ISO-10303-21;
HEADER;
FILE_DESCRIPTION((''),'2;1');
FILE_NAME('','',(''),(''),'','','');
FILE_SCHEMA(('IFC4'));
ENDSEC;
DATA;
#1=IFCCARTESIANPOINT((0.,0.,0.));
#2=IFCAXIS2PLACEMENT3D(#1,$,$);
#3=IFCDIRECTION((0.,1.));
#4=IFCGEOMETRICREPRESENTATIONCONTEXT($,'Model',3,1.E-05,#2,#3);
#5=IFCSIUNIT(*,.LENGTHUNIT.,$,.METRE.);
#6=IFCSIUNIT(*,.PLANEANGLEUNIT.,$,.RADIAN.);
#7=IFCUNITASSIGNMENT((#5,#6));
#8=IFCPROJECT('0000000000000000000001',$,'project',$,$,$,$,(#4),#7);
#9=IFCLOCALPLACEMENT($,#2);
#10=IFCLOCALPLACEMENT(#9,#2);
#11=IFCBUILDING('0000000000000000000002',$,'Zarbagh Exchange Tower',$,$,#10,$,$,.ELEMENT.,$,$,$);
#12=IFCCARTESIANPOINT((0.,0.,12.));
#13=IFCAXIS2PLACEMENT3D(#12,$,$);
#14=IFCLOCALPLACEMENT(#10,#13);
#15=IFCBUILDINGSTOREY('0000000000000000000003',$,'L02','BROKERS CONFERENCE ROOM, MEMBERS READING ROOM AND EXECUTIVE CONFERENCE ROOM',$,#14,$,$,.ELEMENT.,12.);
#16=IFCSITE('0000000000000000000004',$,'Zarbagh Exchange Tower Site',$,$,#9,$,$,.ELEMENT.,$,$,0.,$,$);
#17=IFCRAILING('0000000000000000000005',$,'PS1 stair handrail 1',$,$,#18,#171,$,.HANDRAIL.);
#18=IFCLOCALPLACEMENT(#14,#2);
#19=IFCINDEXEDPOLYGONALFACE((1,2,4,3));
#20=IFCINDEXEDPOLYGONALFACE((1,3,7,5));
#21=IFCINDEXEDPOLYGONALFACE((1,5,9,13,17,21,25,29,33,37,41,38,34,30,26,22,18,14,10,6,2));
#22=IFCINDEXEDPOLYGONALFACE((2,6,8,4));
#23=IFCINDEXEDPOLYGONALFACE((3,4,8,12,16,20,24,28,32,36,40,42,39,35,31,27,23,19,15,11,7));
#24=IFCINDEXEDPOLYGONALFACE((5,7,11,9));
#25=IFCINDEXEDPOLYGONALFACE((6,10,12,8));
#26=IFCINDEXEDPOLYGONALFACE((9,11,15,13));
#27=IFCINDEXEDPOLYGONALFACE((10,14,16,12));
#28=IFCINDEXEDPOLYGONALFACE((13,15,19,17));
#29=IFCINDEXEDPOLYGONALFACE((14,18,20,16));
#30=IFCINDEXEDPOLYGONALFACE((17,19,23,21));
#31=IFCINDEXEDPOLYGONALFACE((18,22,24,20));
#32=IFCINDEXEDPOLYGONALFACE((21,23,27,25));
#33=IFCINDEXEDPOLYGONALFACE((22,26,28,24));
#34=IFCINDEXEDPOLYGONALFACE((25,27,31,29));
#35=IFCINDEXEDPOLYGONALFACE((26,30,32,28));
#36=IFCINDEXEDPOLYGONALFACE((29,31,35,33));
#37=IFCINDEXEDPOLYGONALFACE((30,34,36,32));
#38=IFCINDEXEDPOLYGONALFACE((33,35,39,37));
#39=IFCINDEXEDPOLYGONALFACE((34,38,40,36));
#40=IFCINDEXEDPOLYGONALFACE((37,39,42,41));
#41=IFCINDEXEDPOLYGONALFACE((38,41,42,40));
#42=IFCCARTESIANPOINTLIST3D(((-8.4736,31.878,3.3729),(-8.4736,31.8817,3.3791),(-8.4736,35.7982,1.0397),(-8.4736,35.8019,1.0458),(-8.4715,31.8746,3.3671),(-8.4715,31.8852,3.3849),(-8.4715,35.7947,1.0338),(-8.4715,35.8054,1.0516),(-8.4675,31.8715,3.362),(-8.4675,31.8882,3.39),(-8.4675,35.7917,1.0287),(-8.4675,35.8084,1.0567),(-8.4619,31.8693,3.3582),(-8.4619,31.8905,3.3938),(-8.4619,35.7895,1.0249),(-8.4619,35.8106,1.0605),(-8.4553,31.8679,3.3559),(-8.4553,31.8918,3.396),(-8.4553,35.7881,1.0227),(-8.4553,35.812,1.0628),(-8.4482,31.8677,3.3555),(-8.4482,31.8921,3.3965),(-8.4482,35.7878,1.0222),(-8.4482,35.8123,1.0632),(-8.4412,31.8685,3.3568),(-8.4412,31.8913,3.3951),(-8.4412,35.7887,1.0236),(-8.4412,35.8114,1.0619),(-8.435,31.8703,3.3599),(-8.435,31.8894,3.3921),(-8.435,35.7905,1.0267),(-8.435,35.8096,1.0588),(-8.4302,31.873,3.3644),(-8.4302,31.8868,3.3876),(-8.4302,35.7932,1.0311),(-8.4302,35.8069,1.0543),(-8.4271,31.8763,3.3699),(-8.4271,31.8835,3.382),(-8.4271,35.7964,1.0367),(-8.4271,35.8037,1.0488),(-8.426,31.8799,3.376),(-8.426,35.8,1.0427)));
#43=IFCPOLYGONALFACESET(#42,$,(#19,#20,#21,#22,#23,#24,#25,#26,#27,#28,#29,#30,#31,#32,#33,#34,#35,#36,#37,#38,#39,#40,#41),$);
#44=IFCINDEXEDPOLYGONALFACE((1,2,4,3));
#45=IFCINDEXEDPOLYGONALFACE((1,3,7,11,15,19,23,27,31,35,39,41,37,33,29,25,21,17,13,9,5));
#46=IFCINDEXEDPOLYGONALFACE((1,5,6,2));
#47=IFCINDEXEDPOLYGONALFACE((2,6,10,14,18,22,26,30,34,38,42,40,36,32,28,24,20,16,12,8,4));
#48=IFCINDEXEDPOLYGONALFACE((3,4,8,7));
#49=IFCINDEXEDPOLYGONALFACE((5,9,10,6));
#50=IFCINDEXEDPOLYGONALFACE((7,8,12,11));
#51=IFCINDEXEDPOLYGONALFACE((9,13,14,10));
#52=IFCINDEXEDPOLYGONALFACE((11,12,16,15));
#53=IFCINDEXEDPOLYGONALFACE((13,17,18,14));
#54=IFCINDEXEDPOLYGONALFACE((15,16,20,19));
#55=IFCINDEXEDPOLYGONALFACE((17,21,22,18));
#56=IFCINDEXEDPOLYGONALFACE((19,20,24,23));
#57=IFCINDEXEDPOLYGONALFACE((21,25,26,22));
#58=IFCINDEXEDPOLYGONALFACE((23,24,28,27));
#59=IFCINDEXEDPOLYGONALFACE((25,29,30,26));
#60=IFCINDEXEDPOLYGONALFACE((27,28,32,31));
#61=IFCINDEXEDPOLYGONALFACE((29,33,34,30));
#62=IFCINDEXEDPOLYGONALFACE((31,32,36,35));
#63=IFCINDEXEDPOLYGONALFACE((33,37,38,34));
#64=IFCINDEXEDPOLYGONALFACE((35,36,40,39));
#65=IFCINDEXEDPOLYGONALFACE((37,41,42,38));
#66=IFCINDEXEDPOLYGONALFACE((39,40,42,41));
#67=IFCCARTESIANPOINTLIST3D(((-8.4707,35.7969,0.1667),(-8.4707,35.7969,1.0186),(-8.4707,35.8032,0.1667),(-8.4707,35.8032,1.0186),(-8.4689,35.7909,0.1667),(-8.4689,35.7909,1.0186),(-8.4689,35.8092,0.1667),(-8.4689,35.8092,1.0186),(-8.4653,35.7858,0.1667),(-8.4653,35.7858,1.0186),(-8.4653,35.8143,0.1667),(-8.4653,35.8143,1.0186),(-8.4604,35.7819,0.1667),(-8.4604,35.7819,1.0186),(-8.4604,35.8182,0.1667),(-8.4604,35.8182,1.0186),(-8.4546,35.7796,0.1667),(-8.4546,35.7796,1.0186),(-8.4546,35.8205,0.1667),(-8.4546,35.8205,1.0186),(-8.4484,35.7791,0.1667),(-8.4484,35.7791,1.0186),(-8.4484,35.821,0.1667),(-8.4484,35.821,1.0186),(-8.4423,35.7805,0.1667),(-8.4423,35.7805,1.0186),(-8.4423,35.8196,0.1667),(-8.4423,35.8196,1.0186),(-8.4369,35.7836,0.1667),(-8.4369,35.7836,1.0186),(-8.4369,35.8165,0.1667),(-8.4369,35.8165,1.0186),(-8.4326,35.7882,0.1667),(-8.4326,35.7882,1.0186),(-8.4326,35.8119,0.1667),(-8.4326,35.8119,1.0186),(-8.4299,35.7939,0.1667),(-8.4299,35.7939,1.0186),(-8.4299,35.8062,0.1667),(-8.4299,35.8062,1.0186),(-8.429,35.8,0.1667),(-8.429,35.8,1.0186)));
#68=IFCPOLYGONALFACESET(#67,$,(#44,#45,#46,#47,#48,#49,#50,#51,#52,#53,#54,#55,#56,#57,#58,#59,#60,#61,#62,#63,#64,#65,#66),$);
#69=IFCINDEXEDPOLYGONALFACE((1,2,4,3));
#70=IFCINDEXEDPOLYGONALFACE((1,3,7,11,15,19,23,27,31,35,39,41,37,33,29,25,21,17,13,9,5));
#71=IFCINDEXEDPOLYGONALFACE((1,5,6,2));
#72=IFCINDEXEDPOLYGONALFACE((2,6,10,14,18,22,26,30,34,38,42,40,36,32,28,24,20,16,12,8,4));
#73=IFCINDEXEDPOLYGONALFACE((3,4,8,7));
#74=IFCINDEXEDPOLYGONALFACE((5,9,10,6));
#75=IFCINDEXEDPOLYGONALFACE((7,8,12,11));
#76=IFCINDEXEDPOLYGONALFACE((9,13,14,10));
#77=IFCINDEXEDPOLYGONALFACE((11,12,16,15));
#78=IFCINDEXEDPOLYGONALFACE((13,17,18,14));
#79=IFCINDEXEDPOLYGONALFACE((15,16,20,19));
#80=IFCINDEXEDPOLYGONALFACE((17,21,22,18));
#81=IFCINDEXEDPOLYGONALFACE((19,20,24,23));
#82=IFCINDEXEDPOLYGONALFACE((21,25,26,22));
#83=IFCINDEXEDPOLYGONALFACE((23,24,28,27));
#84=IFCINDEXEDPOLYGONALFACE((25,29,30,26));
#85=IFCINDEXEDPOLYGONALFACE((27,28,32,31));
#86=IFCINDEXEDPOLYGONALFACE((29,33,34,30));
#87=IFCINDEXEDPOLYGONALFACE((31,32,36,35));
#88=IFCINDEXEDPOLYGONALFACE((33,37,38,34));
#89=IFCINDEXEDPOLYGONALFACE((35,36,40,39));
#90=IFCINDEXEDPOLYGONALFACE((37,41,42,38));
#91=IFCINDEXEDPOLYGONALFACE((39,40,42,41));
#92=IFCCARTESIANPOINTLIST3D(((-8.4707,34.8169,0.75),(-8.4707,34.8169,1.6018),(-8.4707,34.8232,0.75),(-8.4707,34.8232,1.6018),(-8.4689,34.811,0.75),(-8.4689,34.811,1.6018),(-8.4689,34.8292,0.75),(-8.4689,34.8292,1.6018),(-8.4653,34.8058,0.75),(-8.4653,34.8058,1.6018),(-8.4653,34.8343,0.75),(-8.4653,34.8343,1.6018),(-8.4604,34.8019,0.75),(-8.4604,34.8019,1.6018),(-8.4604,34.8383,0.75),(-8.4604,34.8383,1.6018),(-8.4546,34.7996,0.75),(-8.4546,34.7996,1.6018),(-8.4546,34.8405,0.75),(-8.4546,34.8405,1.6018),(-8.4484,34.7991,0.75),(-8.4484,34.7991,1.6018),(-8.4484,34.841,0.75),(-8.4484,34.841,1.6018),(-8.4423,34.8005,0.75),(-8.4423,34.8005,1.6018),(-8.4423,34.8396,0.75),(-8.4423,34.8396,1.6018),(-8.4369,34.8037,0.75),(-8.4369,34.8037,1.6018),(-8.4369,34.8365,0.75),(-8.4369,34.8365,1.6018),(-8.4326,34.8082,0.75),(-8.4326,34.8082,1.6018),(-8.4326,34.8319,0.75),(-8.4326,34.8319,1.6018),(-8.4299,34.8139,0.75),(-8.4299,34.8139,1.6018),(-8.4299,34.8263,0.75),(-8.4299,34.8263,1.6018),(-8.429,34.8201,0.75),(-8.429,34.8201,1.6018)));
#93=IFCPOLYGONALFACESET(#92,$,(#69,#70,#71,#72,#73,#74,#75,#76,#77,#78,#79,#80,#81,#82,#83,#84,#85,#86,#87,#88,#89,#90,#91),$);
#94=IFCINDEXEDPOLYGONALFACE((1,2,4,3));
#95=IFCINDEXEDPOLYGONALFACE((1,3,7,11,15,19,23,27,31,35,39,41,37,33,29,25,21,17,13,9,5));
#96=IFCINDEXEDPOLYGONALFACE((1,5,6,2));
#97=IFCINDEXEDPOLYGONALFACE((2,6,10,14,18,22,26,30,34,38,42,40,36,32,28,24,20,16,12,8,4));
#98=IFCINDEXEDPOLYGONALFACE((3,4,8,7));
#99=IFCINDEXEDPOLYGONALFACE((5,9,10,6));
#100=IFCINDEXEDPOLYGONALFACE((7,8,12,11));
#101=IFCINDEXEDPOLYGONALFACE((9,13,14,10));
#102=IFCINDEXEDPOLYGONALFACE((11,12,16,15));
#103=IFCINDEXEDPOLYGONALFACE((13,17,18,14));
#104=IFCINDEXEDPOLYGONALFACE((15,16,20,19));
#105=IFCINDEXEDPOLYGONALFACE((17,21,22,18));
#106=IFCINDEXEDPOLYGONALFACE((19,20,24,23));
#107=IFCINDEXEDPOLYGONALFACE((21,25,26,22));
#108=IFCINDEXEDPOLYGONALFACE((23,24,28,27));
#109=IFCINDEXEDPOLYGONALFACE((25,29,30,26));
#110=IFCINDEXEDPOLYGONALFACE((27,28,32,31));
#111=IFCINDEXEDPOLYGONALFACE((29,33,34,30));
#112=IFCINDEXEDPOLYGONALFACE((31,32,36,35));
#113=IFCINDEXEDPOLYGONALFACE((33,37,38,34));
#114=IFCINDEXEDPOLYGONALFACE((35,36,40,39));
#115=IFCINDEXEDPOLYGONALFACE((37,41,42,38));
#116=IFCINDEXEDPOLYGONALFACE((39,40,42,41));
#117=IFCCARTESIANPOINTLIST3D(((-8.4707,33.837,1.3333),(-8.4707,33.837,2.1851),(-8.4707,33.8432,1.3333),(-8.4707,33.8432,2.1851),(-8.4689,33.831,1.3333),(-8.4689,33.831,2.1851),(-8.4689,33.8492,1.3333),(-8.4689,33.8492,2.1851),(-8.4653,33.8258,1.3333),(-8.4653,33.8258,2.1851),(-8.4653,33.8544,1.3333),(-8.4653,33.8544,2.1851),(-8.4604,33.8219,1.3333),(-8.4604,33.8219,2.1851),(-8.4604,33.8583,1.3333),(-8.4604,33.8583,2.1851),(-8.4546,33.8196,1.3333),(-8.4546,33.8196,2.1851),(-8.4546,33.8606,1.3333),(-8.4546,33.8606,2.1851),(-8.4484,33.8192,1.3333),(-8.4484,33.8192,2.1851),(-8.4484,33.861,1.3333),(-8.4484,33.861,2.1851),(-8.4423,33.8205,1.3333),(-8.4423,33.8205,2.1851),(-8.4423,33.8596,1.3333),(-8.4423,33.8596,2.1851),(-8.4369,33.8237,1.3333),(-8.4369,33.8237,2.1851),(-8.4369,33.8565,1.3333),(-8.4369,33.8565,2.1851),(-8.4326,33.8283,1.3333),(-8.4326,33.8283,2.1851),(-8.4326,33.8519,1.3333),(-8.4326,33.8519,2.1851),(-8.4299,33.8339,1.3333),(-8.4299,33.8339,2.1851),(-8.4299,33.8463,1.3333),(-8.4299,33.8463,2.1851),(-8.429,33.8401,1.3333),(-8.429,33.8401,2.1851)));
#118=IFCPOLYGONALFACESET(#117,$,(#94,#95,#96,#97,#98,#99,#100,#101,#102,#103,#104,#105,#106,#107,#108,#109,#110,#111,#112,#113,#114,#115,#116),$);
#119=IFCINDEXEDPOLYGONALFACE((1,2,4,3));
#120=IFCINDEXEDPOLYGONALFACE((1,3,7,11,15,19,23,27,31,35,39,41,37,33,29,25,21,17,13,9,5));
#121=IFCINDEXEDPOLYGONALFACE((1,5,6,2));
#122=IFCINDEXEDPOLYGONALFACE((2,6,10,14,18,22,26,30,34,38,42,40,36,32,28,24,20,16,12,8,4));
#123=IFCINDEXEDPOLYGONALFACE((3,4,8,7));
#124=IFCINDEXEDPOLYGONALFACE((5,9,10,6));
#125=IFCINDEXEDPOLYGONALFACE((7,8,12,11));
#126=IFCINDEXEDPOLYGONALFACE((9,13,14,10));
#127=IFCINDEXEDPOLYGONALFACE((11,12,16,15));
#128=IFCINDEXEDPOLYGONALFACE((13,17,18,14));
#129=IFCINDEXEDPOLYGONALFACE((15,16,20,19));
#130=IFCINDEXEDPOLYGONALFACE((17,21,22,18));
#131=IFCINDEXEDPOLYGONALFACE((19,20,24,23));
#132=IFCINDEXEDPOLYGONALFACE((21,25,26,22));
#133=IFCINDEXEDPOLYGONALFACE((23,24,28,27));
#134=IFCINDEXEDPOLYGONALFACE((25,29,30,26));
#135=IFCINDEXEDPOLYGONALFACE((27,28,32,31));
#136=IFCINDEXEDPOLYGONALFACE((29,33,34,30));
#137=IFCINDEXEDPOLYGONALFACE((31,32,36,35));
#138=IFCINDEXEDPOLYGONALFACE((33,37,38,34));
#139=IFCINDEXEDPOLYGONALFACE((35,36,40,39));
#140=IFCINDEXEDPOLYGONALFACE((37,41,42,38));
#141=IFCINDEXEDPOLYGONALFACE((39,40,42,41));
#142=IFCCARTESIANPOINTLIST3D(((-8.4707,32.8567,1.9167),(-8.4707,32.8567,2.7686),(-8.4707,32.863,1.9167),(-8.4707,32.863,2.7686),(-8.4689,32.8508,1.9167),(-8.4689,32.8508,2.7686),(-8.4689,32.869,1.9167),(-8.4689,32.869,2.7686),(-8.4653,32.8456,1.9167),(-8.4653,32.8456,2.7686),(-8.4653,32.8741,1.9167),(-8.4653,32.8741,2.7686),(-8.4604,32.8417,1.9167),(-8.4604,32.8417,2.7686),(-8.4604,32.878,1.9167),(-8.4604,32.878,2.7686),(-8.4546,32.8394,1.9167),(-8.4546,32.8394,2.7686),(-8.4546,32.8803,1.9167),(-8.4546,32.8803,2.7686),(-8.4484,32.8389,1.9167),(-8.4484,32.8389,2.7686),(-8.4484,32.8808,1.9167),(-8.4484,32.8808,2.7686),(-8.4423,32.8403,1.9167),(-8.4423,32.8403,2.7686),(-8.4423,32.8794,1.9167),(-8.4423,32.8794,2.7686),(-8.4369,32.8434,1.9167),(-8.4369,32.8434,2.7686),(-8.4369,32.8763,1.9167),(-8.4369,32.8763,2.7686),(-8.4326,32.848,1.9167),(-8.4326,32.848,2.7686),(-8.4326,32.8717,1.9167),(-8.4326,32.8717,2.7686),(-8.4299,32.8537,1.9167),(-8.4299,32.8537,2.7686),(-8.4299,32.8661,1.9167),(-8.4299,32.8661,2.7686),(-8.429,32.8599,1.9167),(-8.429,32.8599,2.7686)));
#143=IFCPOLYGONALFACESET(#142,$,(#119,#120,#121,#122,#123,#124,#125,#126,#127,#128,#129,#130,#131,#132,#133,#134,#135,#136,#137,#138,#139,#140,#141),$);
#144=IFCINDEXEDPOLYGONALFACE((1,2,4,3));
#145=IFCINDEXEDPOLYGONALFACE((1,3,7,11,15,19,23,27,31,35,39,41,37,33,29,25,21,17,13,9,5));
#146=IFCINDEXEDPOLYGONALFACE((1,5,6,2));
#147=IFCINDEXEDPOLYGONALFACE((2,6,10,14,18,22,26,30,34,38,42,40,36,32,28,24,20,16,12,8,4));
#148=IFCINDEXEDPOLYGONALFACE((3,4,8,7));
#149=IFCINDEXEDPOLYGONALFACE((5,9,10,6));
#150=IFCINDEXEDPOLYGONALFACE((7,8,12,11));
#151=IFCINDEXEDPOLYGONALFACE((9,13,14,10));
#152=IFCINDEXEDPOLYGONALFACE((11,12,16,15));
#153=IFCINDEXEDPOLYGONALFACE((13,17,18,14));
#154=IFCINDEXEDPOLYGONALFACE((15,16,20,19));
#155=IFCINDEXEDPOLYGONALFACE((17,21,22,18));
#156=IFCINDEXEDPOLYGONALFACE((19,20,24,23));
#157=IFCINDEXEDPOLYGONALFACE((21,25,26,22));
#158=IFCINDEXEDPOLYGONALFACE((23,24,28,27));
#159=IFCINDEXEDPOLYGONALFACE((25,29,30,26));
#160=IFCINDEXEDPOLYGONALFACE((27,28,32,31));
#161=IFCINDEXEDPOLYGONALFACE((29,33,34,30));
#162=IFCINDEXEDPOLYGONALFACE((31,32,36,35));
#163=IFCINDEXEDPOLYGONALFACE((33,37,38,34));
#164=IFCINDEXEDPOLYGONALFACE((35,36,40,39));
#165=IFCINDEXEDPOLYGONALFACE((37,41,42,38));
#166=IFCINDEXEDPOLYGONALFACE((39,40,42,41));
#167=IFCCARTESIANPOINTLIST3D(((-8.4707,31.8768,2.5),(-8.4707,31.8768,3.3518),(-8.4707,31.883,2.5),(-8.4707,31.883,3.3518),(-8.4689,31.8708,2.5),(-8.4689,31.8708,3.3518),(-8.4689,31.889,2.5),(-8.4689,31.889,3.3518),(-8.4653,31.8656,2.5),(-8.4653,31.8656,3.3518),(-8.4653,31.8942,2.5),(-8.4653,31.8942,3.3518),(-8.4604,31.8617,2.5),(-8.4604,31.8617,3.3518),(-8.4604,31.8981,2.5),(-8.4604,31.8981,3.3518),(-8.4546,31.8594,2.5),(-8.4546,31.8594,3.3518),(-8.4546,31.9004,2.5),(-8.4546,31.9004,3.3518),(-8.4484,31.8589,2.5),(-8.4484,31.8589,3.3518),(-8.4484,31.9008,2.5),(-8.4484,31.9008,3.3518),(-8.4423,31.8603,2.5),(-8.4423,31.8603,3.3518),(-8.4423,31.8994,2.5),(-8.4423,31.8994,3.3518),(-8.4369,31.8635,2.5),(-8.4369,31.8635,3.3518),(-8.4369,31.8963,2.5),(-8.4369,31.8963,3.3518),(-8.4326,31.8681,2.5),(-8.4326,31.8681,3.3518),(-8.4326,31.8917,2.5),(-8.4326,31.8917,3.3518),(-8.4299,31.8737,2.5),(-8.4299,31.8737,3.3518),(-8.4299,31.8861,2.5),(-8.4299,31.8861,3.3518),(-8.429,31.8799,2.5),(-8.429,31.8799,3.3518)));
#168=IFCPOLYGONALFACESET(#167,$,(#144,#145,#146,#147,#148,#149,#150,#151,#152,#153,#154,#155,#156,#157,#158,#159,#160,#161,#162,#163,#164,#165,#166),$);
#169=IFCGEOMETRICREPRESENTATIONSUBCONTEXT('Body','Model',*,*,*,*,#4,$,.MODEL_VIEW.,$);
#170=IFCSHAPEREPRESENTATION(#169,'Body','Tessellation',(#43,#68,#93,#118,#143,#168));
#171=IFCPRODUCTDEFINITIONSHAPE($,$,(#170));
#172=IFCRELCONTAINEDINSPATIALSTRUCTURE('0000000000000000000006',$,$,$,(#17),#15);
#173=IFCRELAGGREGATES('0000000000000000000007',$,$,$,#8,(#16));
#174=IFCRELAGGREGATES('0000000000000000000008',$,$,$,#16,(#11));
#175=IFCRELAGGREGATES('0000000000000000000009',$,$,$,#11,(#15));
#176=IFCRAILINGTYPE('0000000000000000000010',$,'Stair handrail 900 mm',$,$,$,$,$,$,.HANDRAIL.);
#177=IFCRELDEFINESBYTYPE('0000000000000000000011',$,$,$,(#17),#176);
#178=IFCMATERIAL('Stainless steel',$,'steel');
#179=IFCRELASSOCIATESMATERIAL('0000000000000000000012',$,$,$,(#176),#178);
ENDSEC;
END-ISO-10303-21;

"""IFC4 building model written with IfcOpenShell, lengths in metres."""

from ifc_helpers import new_model, si_unit, direction, frame, origin, origin_2d, place, context, subcontext, project, spatial, circle, extrude, material, type_object, element, save


model = new_model("IFC4")

# Units and contexts
model_context = context("Model", 3, precision=1e-05, world=origin(), true_north=direction((0.0, 1.0)))
body_context = subcontext(model_context, "Body", "Model", "MODEL_VIEW")
ifc_project = project(units=[si_unit("LENGTHUNIT", "METRE"), si_unit("PLANEANGLEUNIT", "RADIAN")], contexts=[model_context])

# Site, building, storey
site_placement = place(None, origin())
site = spatial("IfcSite", under=ifc_project, at=site_placement, Name="Zarbagh Exchange Tower Site", CompositionType="ELEMENT", RefElevation=0.0)
building_placement = place(site_placement, origin())
building = spatial("IfcBuilding", under=site, at=building_placement, Name="Zarbagh Exchange Tower", CompositionType="ELEMENT")
storey_placement = place(building_placement, frame((0.0, 0.0, 12.0)))
storey = spatial("IfcBuildingStorey", under=building, at=storey_placement, Name="L02", Description="BROKERS CONFERENCE ROOM, MEMBERS READING ROOM AND EXECUTIVE CONFERENCE ROOM", CompositionType="ELEMENT", Elevation=12.0)

# Railing
ifc_material_1 = material(Name="Stainless steel", Category="steel")
railing_type_1 = type_object("IfcRailingType", Name="Stair handrail 900 mm", PredefinedType="HANDRAIL", material=ifc_material_1)
railing_1_placement = place(storey_placement, frame((-8.45, 35.8, 0.1667)))
element("IfcRailing", 1, at=railing_1_placement, inside=storey, type_object=railing_type_1, Name="PS1 stair handrail 1", PredefinedType="HANDRAIL", context=body_context, shape_type="SweptSolid", body=[
    extrude(circle(Radius=0.0239, at=origin_2d()), frame((0.0, 0.0, 0.876), z_axis=(0.0, -0.85931, 0.511455), x_axis=(1.0, 0.0, 0.0)), (0.0, 0.0, 1.0), 4.562),
    extrude(circle(Radius=0.021, at=origin_2d()), origin(), (0.0, 0.0, 1.0), 0.8518),
    extrude(circle(Radius=0.021, at=origin_2d()), frame((0.0, -0.98, 0.5833)), (0.0, 0.0, 1.0), 0.8518),
    extrude(circle(Radius=0.021, at=origin_2d()), frame((0.0, -1.96, 1.1665)), (0.0, 0.0, 1.0), 0.8518),
    extrude(circle(Radius=0.021, at=origin_2d()), frame((0.0, -2.9402, 1.75)), (0.0, 0.0, 1.0), 0.8518),
    extrude(circle(Radius=0.021, at=origin_2d()), frame((0.0, -3.9202, 2.3333)), (0.0, 0.0, 1.0), 0.8518),
])

save(model, "model.ifc")
